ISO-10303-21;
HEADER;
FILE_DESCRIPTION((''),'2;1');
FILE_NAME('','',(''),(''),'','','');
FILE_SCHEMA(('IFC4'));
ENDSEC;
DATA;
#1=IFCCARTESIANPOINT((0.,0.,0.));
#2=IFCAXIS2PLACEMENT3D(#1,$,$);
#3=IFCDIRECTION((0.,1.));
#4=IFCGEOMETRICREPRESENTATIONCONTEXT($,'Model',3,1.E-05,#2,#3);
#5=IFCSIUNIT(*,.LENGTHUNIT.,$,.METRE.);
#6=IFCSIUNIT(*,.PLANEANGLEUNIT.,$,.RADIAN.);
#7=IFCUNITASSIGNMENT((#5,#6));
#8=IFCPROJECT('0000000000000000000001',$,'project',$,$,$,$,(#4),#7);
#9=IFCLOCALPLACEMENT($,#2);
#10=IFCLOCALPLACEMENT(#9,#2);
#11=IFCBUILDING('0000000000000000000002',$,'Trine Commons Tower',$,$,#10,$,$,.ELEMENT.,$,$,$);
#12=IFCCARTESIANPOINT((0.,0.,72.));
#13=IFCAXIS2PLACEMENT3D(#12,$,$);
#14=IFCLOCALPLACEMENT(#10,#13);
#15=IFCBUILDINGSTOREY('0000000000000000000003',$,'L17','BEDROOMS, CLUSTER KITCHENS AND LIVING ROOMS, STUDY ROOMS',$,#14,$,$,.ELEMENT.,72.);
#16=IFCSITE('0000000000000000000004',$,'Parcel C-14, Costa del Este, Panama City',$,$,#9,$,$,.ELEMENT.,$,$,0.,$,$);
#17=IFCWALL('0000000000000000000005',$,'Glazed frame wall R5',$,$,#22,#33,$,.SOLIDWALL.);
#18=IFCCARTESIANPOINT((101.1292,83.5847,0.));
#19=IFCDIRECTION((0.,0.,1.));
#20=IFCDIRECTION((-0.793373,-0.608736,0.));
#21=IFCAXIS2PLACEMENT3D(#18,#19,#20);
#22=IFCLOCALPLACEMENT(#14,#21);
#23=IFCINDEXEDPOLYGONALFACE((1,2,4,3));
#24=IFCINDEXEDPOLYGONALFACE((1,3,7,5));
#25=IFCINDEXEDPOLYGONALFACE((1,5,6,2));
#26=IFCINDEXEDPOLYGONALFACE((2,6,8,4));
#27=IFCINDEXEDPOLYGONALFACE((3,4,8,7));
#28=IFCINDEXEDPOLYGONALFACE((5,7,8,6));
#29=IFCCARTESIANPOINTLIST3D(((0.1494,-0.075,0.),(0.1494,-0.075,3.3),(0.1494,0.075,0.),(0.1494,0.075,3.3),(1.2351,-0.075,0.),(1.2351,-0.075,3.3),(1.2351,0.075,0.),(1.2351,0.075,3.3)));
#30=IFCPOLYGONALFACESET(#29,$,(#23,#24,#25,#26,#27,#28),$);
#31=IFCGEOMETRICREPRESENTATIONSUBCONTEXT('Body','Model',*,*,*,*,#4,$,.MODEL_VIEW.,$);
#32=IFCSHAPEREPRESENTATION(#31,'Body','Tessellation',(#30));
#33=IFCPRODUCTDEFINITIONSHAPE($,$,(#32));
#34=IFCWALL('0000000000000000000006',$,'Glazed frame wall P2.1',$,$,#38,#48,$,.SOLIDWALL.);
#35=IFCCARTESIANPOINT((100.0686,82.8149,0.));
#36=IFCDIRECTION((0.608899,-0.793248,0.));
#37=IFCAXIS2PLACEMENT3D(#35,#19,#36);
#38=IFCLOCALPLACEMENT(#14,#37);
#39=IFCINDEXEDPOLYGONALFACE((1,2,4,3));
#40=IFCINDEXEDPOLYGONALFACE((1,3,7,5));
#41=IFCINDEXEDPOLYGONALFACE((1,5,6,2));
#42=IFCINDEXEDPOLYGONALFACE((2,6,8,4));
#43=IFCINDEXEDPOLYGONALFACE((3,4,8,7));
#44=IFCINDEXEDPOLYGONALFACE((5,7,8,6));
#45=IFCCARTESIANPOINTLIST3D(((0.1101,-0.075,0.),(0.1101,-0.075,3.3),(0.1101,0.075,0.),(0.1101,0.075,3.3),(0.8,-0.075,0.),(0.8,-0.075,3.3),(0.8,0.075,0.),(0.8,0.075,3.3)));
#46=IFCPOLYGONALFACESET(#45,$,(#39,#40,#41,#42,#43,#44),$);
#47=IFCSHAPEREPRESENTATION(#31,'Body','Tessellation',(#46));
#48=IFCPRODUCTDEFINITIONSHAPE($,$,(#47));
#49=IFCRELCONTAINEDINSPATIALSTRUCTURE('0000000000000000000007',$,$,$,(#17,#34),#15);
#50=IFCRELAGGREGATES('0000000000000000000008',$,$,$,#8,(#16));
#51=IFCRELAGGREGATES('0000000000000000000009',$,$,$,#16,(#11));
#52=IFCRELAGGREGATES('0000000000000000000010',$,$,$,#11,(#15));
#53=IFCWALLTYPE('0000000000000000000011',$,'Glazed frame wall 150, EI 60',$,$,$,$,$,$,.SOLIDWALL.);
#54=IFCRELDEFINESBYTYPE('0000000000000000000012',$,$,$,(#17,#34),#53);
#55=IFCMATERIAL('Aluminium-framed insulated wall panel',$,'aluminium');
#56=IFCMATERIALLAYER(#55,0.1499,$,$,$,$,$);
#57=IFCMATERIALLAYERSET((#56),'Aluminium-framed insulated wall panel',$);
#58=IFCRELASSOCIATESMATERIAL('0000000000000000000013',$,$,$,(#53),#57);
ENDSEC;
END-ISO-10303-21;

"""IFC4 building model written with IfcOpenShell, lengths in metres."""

from ifc_helpers import new_model, si_unit, direction, frame, origin, place, context, subcontext, project, spatial, polyline, outline, extrude, material, layer, layer_set, type_object, element, save


model = new_model("IFC4")

# Units and contexts
model_context = context("Model", 3, precision=1e-05, world=origin(), true_north=direction((0.0, 1.0)))
body_context = subcontext(model_context, "Body", "Model", "MODEL_VIEW")
ifc_project = project(units=[si_unit("LENGTHUNIT", "METRE"), si_unit("PLANEANGLEUNIT", "RADIAN")], contexts=[model_context])

# Site, building, storey
site_placement = place(None, origin())
site = spatial("IfcSite", under=ifc_project, at=site_placement, Name="Parcel C-14, Costa del Este, Panama City", CompositionType="ELEMENT", RefElevation=0.0)
building_placement = place(site_placement, origin())
building = spatial("IfcBuilding", under=site, at=building_placement, Name="Trine Commons Tower", CompositionType="ELEMENT")
storey_placement = place(building_placement, frame((0.0, 0.0, 72.0)))
storey = spatial("IfcBuildingStorey", under=building, at=storey_placement, Name="L17", Description="BEDROOMS, CLUSTER KITCHENS AND LIVING ROOMS, STUDY ROOMS", CompositionType="ELEMENT", Elevation=72.0)

# Walls
ifc_material_1 = material(Name="Aluminium-framed insulated wall panel", Category="aluminium")
ifc_layer_1 = layer(ifc_material_1, 0.1499)
ifc_layer_set_1 = layer_set([ifc_layer_1], Name="Aluminium-framed insulated wall panel")
wall_type_1 = type_object("IfcWallType", Name="Glazed frame wall 150, EI 60", PredefinedType="SOLIDWALL", material=ifc_layer_set_1)
wall_1_placement = place(storey_placement, frame((101.1292, 83.5847, 0.0), z_axis=(0.0, 0.0, 1.0), x_axis=(-0.793373, -0.608736, 0.0)))
element("IfcWall", 1, at=wall_1_placement, inside=storey, type_object=wall_type_1, Name="Glazed frame wall R5", PredefinedType="SOLIDWALL", context=body_context, shape_type="SweptSolid", body=[
    extrude(outline(polyline([(0.1494, 0.075), (0.1494, -0.075), (1.2351, -0.075), (1.2351, 0.075), (0.1494, 0.075)])), origin(), (0.0, 0.0, 1.0), 3.3),
])
wall_2_placement = place(storey_placement, frame((100.0686, 82.8149, 0.0), z_axis=(0.0, 0.0, 1.0), x_axis=(0.608899, -0.793248, 0.0)))
element("IfcWall", 2, at=wall_2_placement, inside=storey, type_object=wall_type_1, Name="Glazed frame wall P2.1", PredefinedType="SOLIDWALL", context=body_context, shape_type="SweptSolid", body=[
    extrude(outline(polyline([(0.1101, -0.075), (0.8, -0.075), (0.8, 0.075), (0.1101, 0.075), (0.1101, -0.075)])), origin(), (0.0, 0.0, 1.0), 3.3),
])

save(model, "model.ifc")
